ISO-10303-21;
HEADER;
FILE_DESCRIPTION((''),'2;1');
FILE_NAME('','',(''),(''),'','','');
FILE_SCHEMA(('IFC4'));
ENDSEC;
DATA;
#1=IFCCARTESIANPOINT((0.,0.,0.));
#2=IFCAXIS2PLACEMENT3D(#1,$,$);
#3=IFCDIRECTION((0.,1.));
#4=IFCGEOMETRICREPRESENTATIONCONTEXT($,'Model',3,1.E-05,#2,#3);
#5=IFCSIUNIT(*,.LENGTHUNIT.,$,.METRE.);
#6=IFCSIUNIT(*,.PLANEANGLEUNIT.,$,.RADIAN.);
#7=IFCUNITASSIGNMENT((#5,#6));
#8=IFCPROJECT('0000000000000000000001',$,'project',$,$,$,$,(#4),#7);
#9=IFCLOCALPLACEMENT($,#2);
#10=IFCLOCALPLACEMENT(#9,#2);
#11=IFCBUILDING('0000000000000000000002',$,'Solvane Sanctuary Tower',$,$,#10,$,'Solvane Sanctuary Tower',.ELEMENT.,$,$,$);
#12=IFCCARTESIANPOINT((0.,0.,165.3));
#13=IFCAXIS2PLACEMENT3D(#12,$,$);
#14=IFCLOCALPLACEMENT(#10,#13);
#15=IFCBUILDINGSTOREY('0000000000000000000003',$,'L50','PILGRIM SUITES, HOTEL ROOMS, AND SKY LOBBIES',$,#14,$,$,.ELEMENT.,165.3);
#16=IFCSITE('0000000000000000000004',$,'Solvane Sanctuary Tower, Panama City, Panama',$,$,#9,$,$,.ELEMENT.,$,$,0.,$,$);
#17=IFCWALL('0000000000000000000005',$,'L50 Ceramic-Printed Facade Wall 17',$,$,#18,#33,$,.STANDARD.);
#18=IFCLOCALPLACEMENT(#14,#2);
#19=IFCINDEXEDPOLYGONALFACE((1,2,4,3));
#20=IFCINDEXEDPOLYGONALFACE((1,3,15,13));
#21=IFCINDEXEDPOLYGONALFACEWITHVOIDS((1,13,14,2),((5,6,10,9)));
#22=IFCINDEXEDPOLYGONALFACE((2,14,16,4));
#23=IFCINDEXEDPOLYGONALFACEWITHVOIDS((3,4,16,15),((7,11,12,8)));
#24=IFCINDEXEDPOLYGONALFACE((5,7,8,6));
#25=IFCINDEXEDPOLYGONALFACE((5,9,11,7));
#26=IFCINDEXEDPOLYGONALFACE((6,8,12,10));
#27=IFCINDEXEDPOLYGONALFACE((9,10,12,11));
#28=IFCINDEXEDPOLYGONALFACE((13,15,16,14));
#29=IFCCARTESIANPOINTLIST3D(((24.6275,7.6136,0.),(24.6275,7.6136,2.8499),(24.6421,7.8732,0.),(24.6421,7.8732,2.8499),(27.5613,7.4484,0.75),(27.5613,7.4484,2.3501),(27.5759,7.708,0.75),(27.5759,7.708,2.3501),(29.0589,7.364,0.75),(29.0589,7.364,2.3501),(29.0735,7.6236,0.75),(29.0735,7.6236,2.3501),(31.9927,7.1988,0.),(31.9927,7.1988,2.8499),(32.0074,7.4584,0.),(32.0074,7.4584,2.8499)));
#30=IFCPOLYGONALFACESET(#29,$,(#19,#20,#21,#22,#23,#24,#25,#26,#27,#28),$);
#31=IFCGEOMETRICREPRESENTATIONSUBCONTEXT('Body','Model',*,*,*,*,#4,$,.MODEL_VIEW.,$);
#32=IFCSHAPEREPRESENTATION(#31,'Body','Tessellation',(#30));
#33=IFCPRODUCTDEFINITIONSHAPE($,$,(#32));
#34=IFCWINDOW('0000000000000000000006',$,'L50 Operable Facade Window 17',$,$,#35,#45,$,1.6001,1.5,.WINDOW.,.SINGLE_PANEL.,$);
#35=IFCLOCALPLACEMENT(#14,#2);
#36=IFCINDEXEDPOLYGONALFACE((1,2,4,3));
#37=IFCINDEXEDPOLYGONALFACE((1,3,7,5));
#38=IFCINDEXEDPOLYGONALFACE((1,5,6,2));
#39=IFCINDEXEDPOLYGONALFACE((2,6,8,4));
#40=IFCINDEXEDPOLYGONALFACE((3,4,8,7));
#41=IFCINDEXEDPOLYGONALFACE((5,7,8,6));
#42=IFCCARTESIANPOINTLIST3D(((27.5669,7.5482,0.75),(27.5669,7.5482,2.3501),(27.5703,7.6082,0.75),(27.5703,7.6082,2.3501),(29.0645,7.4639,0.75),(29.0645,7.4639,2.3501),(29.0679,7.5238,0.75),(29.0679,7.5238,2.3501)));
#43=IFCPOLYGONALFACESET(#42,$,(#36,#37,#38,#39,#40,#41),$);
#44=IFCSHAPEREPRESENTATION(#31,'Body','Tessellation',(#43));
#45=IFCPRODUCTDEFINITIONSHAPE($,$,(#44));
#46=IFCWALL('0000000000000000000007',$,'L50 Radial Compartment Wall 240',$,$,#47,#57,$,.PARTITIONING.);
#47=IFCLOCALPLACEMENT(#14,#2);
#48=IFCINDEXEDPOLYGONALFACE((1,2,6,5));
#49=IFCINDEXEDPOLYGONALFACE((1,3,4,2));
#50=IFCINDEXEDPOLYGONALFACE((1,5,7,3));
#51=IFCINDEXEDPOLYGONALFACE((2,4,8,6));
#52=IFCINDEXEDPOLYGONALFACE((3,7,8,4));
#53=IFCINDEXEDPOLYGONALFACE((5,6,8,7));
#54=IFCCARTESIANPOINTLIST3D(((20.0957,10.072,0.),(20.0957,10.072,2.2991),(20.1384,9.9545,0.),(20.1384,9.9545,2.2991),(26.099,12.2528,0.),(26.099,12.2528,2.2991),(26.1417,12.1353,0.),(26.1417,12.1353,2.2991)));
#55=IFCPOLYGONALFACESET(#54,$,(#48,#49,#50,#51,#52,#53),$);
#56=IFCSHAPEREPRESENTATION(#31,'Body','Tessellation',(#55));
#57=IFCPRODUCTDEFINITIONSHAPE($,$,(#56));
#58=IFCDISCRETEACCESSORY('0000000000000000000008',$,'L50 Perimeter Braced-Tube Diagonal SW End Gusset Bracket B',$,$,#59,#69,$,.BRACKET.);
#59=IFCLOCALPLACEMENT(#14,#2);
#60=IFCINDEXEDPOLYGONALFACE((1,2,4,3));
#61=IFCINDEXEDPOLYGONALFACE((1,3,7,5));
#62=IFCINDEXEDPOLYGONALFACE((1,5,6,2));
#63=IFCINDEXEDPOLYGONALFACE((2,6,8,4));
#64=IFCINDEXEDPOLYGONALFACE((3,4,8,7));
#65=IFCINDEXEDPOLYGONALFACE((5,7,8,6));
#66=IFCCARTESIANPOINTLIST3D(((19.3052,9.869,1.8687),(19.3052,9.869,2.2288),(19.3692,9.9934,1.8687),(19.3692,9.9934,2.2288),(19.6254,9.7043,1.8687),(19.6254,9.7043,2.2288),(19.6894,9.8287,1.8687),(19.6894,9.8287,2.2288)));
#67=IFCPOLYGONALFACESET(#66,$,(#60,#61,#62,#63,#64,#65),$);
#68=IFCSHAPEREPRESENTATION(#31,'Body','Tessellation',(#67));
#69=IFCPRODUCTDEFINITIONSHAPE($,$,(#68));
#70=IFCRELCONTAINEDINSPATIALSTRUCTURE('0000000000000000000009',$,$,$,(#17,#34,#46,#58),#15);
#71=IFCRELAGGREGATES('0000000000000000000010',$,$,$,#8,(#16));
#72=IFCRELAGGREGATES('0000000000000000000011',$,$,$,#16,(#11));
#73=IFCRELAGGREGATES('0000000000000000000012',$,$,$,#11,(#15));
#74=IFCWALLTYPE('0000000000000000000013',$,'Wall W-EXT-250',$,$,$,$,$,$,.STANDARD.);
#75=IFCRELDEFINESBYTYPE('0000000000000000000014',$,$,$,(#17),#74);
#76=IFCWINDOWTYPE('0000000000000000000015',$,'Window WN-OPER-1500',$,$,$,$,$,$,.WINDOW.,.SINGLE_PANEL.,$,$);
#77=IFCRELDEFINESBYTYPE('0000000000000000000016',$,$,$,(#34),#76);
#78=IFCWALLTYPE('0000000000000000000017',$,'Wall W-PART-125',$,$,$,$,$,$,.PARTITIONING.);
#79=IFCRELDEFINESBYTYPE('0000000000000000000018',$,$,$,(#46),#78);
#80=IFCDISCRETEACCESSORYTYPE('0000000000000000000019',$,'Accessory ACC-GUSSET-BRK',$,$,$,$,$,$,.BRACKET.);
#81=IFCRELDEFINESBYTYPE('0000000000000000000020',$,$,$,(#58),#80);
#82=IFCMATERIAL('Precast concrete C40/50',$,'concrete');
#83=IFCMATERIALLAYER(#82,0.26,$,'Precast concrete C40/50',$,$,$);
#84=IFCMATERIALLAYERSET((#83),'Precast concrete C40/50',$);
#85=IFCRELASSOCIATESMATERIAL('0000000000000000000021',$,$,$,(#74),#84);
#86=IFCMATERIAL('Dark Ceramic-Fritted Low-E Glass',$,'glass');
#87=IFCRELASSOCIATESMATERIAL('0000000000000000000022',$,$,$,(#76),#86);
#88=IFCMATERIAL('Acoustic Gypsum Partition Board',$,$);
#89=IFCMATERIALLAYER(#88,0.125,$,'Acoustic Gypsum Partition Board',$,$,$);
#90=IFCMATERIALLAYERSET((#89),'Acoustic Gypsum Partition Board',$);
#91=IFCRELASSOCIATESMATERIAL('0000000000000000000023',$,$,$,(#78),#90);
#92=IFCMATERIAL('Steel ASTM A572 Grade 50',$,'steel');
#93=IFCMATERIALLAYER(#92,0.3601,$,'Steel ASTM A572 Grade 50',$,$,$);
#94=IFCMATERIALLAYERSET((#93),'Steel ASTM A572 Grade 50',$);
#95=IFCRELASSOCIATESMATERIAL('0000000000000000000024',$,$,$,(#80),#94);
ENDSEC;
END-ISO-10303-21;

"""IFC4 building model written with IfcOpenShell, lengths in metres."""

from ifc_helpers import new_model, si_unit, direction, frame, frame_2d, origin, origin_2d, place, context, subcontext, project, spatial, rectangle, extrude, material, layer, layer_set, type_object, element, fill, save


model = new_model("IFC4")

# Units and contexts
model_context = context("Model", 3, precision=1e-05, world=origin(), true_north=direction((0.0, 1.0)))
body_context = subcontext(model_context, "Body", "Model", "MODEL_VIEW")
ifc_project = project(units=[si_unit("LENGTHUNIT", "METRE"), si_unit("PLANEANGLEUNIT", "RADIAN")], contexts=[model_context])

# Site, building, storey
site_placement = place(None, origin())
site = spatial("IfcSite", under=ifc_project, at=site_placement, Name="Solvane Sanctuary Tower, Panama City, Panama", CompositionType="ELEMENT", RefElevation=0.0)
building_placement = place(site_placement, origin())
building = spatial("IfcBuilding", under=site, at=building_placement, Name="Solvane Sanctuary Tower", LongName="Solvane Sanctuary Tower", CompositionType="ELEMENT")
storey_placement = place(building_placement, frame((0.0, 0.0, 165.3)))
storey = spatial("IfcBuildingStorey", under=building, at=storey_placement, Name="L50", Description="PILGRIM SUITES, HOTEL ROOMS, AND SKY LOBBIES", CompositionType="ELEMENT", Elevation=165.3)

# Shared definitions
ifc_material_1 = material(Name="Acoustic Gypsum Partition Board")

# Shared definitions
ifc_material_2 = material(Name="Precast concrete C40/50", Category="concrete")
ifc_layer_1 = layer(ifc_material_2, 0.26, Name="Precast concrete C40/50")
ifc_layer_set_1 = layer_set([ifc_layer_1], Name="Precast concrete C40/50")
wall_type_1 = type_object("IfcWallType", Name="Wall W-EXT-250", PredefinedType="STANDARD", material=ifc_layer_set_1)

# Wall, opening, window
wall_1_placement = place(storey_placement, frame((24.6348, 7.7434, 0.0), z_axis=(0.0, 0.0, 1.0), x_axis=(0.998418, -0.056229, 0.0)))
wall_1 = element("IfcWall", 1, at=wall_1_placement, inside=storey, type_object=wall_type_1, Name="L50 Ceramic-Printed Facade Wall 17", PredefinedType="STANDARD", context=body_context, shape_type="SweptSolid", body=[
    extrude(rectangle(XDim=7.377, YDim=0.26, at=frame_2d((3.6885, 0.0))), origin(), (0.0, 0.0, 1.0), 2.8499),
])
opening_1_placement = place(wall_1_placement, frame((2.9385, 0.0, 0.75)))
opening_1 = element("IfcOpeningElement", 2, at=opening_1_placement, cuts=wall_1, PredefinedType="OPENING", context=body_context, shape_type="SweptSolid", body=[
    extrude(rectangle(XDim=1.5, YDim=1.6001, at=frame_2d((0.75, 0.8))), frame((0.0, 0.1399, 0.0), z_axis=(0.0, -1.0, 0.0), x_axis=(1.0, 0.0, 0.0)), (0.0, 0.0, 1.0), 0.28),
])
ifc_material_3 = material(Name="Dark Ceramic-Fritted Low-E Glass", Category="glass")
window_type = type_object("IfcWindowType", Name="Window WN-OPER-1500", PartitioningType="SINGLE_PANEL", PredefinedType="WINDOW", material=ifc_material_3)
window_placement = place(opening_1_placement, origin())
window = element("IfcWindow", 3, at=window_placement, inside=storey, type_object=window_type, Name="L50 Operable Facade Window 17", OverallHeight=1.6001, OverallWidth=1.5, PartitioningType="SINGLE_PANEL", PredefinedType="WINDOW", context=body_context, shape_type="SweptSolid", body=[
    extrude(rectangle(XDim=1.5, YDim=1.6001, at=frame_2d((0.75, 0.8))), frame((0.0, 0.03, 0.0), z_axis=(0.0, -1.0, 0.0), x_axis=(1.0, 0.0, 0.0)), (0.0, 0.0, 1.0), 0.0601),
])
fill(opening_1, window)

# Wall
ifc_layer_2 = layer(ifc_material_1, 0.125, Name="Acoustic Gypsum Partition Board")
ifc_layer_set_2 = layer_set([ifc_layer_2], Name="Acoustic Gypsum Partition Board")
wall_type_2 = type_object("IfcWallType", Name="Wall W-PART-125", PredefinedType="PARTITIONING", material=ifc_layer_set_2)
wall_2_placement = place(storey_placement, frame((26.1204, 12.1941, 0.0), z_axis=(0.0, 0.0, 1.0), x_axis=(-0.939902, -0.341445, 0.0)))
element("IfcWall", 4, at=wall_2_placement, inside=storey, type_object=wall_type_2, Name="L50 Radial Compartment Wall 240", PredefinedType="PARTITIONING", context=body_context, shape_type="SweptSolid", body=[
    extrude(rectangle(XDim=6.3872, YDim=0.125, at=frame_2d((3.1936, 0.0))), origin(), (0.0, 0.0, 1.0), 2.2991),
])

# Discrete accessory
ifc_material_4 = material(Name="Steel ASTM A572 Grade 50", Category="steel")
ifc_layer_3 = layer(ifc_material_4, 0.3601, Name="Steel ASTM A572 Grade 50")
ifc_layer_set_3 = layer_set([ifc_layer_3], Name="Steel ASTM A572 Grade 50")
discrete_accessory_type = type_object("IfcDiscreteAccessoryType", Name="Accessory ACC-GUSSET-BRK", PredefinedType="BRACKET", material=ifc_layer_set_3)
discrete_accessory_placement = place(storey_placement, frame((19.4973, 9.8489, 1.8687), z_axis=(0.0, 0.0, 1.0), x_axis=(0.889257, -0.457408, 0.0)))
element("IfcDiscreteAccessory", 5, at=discrete_accessory_placement, inside=storey, type_object=discrete_accessory_type, Name="L50 Perimeter Braced-Tube Diagonal SW End Gusset Bracket B", PredefinedType="BRACKET", context=body_context, shape_type="SweptSolid", body=[
    extrude(rectangle(XDim=0.3601, YDim=0.1399, at=origin_2d()), origin(), (0.0, 0.0, 1.0), 0.3601),
])

save(model, "model.ifc")
